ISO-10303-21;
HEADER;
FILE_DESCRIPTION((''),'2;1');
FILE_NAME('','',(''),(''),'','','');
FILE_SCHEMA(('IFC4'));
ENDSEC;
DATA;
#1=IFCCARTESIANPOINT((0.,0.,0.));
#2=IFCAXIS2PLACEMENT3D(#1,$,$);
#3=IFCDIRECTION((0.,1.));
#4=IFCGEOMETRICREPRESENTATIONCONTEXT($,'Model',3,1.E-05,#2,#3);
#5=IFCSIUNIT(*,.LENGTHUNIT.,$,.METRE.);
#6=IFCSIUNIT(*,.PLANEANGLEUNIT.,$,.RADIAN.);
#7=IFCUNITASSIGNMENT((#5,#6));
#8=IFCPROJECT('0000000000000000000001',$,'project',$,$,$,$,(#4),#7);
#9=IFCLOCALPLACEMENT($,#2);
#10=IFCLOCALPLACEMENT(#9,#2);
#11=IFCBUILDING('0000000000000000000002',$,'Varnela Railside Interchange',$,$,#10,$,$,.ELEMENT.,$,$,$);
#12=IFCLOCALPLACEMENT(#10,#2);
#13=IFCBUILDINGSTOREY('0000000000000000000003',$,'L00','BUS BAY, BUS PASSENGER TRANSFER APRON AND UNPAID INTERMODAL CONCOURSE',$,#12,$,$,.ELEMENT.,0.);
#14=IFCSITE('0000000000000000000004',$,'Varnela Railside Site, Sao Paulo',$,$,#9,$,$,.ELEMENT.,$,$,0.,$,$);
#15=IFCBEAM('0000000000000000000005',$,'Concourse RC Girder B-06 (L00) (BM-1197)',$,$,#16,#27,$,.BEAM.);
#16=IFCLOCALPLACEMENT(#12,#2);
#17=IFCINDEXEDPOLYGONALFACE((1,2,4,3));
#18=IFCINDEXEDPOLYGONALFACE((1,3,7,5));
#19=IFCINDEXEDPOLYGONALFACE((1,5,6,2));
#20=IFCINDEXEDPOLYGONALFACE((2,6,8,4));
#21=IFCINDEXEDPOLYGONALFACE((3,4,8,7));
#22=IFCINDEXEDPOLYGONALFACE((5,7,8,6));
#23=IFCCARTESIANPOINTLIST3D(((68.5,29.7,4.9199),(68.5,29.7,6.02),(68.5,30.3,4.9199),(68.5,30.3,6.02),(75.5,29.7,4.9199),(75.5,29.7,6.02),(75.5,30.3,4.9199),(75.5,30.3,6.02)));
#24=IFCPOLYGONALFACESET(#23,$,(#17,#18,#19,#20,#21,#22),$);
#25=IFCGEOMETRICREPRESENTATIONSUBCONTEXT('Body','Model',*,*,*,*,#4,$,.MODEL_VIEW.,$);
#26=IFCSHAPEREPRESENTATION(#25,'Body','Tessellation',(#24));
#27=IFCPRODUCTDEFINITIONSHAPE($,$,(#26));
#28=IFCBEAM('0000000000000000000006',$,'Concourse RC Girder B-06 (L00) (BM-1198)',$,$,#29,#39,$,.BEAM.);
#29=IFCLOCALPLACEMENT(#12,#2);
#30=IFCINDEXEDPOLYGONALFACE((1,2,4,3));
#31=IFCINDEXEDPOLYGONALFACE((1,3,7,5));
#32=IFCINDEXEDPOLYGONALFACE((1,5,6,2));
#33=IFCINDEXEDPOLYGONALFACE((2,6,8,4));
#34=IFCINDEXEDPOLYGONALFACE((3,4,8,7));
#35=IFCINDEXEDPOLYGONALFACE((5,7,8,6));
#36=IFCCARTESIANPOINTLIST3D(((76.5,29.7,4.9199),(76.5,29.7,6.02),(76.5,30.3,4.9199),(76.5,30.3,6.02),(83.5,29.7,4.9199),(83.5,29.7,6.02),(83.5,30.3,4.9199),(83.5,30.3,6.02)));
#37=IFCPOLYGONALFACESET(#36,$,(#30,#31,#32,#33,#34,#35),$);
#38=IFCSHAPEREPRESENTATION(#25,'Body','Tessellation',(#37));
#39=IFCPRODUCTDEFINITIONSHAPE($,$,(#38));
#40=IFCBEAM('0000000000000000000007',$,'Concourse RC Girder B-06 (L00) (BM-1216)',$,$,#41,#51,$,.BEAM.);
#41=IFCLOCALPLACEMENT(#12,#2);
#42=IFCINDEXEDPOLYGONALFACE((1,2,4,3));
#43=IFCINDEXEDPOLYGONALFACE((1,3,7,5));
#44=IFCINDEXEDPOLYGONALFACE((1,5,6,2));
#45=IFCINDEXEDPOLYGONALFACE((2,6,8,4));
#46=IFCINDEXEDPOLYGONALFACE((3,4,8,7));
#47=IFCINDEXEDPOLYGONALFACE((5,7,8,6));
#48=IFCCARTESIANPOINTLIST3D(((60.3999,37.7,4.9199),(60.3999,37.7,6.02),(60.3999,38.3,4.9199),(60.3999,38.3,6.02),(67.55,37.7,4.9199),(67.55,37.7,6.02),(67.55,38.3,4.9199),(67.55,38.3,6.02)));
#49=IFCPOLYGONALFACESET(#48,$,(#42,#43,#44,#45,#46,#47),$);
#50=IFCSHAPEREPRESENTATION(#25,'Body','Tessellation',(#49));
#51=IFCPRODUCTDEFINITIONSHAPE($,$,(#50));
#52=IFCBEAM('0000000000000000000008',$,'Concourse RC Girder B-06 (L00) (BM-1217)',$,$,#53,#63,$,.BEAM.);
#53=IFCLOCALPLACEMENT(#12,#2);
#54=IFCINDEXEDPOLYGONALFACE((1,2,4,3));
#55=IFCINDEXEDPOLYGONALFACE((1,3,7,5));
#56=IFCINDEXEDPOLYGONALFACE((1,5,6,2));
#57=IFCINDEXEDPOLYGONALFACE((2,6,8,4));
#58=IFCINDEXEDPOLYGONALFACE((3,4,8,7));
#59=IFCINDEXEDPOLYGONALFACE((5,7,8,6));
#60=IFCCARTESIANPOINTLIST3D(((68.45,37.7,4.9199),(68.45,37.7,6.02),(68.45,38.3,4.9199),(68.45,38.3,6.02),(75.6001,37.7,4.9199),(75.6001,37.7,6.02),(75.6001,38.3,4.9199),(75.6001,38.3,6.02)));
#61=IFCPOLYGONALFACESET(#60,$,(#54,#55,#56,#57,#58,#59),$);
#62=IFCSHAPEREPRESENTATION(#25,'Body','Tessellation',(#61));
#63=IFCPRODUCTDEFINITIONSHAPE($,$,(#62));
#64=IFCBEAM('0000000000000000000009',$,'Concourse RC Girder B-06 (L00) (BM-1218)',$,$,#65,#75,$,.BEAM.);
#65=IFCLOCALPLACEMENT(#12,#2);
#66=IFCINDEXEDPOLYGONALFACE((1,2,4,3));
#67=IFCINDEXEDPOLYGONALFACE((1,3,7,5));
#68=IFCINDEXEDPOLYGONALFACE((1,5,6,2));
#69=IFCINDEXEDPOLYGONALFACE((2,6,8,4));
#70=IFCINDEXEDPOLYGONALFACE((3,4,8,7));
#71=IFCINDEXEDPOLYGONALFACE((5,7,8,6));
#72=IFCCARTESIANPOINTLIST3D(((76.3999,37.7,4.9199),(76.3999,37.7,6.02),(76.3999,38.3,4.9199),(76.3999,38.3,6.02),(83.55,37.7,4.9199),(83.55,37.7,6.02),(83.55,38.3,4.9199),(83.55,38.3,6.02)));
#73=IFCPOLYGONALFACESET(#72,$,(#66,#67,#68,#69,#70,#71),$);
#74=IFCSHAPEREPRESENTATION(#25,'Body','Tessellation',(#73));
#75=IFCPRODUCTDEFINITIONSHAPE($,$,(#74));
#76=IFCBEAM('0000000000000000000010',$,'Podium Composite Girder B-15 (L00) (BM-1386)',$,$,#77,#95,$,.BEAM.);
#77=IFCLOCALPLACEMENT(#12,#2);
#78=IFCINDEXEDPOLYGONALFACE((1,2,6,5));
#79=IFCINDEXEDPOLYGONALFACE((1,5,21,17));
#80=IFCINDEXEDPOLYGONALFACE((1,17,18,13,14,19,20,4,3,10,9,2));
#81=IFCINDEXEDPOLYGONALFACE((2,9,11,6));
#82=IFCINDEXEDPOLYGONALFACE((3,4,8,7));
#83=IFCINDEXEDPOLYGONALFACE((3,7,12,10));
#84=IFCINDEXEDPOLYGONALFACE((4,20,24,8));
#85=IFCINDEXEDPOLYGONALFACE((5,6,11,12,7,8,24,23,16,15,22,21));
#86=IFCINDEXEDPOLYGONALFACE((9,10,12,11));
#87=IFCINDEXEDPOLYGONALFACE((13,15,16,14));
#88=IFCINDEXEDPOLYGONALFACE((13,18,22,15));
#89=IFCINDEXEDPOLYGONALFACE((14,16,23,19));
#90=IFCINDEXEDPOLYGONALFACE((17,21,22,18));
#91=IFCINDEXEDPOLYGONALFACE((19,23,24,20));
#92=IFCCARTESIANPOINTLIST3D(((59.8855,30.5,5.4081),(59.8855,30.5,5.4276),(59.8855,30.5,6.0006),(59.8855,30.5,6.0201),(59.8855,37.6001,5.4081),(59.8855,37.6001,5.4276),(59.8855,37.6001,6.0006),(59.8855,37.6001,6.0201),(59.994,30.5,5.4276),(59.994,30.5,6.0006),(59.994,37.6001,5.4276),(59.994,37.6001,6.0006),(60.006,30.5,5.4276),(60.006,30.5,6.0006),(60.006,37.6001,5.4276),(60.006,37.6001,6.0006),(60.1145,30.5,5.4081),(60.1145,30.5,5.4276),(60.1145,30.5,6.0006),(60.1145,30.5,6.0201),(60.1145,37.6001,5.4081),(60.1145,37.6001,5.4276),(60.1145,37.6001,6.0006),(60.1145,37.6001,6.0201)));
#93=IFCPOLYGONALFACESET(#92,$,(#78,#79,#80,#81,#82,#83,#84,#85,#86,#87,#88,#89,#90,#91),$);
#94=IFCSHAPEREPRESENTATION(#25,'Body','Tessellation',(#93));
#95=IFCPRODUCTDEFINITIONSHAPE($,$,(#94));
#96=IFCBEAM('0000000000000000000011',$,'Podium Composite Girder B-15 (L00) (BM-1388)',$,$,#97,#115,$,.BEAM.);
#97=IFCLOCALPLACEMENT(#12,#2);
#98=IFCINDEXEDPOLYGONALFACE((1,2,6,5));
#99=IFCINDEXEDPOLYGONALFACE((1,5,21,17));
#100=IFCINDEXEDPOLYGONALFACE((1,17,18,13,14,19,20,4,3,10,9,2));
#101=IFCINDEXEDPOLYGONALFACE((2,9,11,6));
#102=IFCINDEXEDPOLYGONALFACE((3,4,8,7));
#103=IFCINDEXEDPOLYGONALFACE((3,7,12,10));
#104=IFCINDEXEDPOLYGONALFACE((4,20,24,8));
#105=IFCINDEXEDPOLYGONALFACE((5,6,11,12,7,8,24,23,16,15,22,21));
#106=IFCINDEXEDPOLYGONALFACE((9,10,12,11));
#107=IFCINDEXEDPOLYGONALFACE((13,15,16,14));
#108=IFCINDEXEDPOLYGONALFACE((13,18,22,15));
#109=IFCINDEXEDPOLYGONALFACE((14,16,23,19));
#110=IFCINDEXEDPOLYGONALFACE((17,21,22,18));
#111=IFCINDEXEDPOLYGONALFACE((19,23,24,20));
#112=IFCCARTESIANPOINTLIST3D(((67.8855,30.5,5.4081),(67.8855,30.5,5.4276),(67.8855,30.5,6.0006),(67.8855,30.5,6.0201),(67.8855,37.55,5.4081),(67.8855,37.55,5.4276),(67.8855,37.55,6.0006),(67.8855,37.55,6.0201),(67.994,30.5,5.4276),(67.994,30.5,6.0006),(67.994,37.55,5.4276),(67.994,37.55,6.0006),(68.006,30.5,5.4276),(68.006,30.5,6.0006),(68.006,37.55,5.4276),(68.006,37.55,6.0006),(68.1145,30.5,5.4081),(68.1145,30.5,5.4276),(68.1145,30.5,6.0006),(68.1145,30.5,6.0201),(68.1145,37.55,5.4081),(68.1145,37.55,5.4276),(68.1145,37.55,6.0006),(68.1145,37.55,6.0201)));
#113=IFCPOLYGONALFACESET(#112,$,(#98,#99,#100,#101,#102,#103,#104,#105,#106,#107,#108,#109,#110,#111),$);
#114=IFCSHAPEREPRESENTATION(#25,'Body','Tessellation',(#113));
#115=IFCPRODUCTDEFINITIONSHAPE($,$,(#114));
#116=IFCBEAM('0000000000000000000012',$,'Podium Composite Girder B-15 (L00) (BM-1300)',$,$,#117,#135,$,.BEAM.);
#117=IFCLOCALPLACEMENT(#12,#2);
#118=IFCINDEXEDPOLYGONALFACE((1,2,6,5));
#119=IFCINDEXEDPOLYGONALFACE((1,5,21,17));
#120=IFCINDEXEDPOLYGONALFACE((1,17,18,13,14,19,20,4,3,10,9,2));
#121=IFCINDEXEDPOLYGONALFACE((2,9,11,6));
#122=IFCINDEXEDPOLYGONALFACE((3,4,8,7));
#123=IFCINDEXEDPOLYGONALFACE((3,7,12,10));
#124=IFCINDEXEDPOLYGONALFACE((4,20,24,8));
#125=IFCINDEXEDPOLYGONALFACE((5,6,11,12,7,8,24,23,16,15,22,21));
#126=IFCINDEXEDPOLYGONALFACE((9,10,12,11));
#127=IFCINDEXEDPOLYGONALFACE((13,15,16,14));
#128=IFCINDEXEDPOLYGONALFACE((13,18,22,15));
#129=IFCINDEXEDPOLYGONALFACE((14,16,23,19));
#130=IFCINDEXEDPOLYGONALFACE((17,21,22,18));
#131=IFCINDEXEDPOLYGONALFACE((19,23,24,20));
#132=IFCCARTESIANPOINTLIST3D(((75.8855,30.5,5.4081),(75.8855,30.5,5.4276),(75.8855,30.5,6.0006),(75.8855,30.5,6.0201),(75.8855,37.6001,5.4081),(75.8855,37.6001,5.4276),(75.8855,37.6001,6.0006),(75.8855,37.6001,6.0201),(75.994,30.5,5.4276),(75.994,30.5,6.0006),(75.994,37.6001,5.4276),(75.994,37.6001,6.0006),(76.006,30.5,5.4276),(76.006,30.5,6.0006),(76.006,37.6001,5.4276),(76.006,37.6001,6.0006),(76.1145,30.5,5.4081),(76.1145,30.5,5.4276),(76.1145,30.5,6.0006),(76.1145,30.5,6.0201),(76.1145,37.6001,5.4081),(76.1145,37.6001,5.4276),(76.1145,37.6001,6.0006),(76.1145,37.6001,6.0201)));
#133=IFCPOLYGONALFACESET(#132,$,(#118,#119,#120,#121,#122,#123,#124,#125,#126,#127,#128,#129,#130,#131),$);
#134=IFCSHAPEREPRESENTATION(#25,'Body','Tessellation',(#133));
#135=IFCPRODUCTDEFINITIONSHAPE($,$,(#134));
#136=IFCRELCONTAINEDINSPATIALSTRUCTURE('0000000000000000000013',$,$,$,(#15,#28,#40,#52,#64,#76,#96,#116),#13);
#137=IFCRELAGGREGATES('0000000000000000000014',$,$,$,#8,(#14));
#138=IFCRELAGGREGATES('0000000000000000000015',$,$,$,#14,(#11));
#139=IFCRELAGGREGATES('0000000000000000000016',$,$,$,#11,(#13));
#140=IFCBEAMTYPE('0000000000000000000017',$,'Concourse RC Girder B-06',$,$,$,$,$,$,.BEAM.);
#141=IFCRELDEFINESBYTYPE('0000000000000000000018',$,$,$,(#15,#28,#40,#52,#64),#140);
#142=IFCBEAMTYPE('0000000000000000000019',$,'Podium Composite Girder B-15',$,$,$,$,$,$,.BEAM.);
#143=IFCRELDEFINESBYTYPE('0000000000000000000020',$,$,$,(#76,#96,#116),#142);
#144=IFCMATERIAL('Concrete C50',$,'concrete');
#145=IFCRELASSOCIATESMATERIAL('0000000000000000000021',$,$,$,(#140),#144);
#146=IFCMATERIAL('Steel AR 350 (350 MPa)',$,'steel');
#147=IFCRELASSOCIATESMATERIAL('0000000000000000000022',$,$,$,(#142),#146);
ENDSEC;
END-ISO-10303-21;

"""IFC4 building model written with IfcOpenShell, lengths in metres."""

from ifc_helpers import new_model, si_unit, direction, frame, origin, origin_2d, place, context, subcontext, project, spatial, rectangle, i_section, extrude, material, material_profile, profile_set, type_object, element, save


model = new_model("IFC4")

# Units and contexts
model_context = context("Model", 3, precision=1e-05, world=origin(), true_north=direction((0.0, 1.0)))
body_context = subcontext(model_context, "Body", "Model", "MODEL_VIEW")
ifc_project = project(units=[si_unit("LENGTHUNIT", "METRE"), si_unit("PLANEANGLEUNIT", "RADIAN")], contexts=[model_context])

# Site, building, storey
site_placement = place(None, origin())
site = spatial("IfcSite", under=ifc_project, at=site_placement, Name="Varnela Railside Site, Sao Paulo", CompositionType="ELEMENT", RefElevation=0.0)
building_placement = place(site_placement, origin())
building = spatial("IfcBuilding", under=site, at=building_placement, Name="Varnela Railside Interchange", CompositionType="ELEMENT")
storey_placement = place(building_placement, origin())
storey = spatial("IfcBuildingStorey", under=building, at=storey_placement, Name="L00", Description="BUS BAY, BUS PASSENGER TRANSFER APRON AND UNPAID INTERMODAL CONCOURSE", CompositionType="ELEMENT", Elevation=0.0)

# Shared definitions
ifc_material_1 = material(Name="Concrete C50", Category="concrete")

# Beams
ifc_material_2 = material(Name="Steel AR 350 (350 MPa)", Category="steel")
ifc_material_profile_1 = material_profile(ifc_material_1, rectangle(XDim=0.6001, YDim=1.1001, at=origin_2d()), Name="RC 600x1100")
ifc_profile_set_1 = profile_set([ifc_material_profile_1], Name="Concrete C50")
beam_type_1 = type_object("IfcBeamType", Name="Concourse RC Girder B-06", PredefinedType="BEAM", material=ifc_profile_set_1)
for number, where, z_axis, x_axis, name in (
    (1, (68.5, 30.0, 5.47), (1.0, 0.0, 0.0), (0.0, 1.0, 0.0), "Concourse RC Girder B-06 (L00) (BM-1197)"),
    (2, (76.5, 30.0, 5.47), (1.0, 0.0, 0.0), (0.0, 1.0, 0.0), "Concourse RC Girder B-06 (L00) (BM-1198)"),
):
    element("IfcBeam", number, at=place(storey_placement, frame(where, z_axis=z_axis, x_axis=x_axis)), inside=storey, type_object=beam_type_1, Name=name, PredefinedType="BEAM", context=body_context, shape_type="SweptSolid", body=[
        extrude(rectangle(XDim=0.6001, YDim=1.1001, at=origin_2d()), origin(), (0.0, 0.0, 1.0), 7.0),
    ])
for number, where, z_axis, x_axis, name in (
    (3, (60.3999, 38.0, 5.47), (1.0, 0.0, 0.0), (0.0, 1.0, 0.0), "Concourse RC Girder B-06 (L00) (BM-1216)"),
    (4, (68.45, 38.0, 5.47), (1.0, 0.0, 0.0), (0.0, 1.0, 0.0), "Concourse RC Girder B-06 (L00) (BM-1217)"),
    (5, (76.3999, 38.0, 5.47), (1.0, 0.0, 0.0), (0.0, 1.0, 0.0), "Concourse RC Girder B-06 (L00) (BM-1218)"),
):
    element("IfcBeam", number, at=place(storey_placement, frame(where, z_axis=z_axis, x_axis=x_axis)), inside=storey, type_object=beam_type_1, Name=name, PredefinedType="BEAM", context=body_context, shape_type="SweptSolid", body=[
        extrude(rectangle(XDim=0.6001, YDim=1.1001, at=origin_2d()), origin(), (0.0, 0.0, 1.0), 7.1501),
    ])
ifc_material_profile_2 = material_profile(ifc_material_2, i_section(OverallWidth=0.229, OverallDepth=0.6121, WebThickness=0.012, FlangeThickness=0.0195, at=origin_2d()), Name="W610x125")
ifc_profile_set_2 = profile_set([ifc_material_profile_2], Name="Steel AR 350 (350 MPa)")
beam_type_2 = type_object("IfcBeamType", Name="Podium Composite Girder B-15", PredefinedType="BEAM", material=ifc_profile_set_2)
beam_1_placement = place(storey_placement, frame((60.0, 30.5, 5.7141), z_axis=(0.0, 1.0, 0.0), x_axis=(-1.0, 0.0, 0.0)))
element("IfcBeam", 6, at=beam_1_placement, inside=storey, type_object=beam_type_2, Name="Podium Composite Girder B-15 (L00) (BM-1386)", PredefinedType="BEAM", context=body_context, shape_type="SweptSolid", body=[
    extrude(i_section(OverallWidth=0.229, OverallDepth=0.6121, WebThickness=0.012, FlangeThickness=0.0195, at=origin_2d()), origin(), (0.0, 0.0, 1.0), 7.1001),
])
beam_2_placement = place(storey_placement, frame((68.0, 30.5, 5.7141), z_axis=(0.0, 1.0, 0.0), x_axis=(-1.0, 0.0, 0.0)))
element("IfcBeam", 7, at=beam_2_placement, inside=storey, type_object=beam_type_2, Name="Podium Composite Girder B-15 (L00) (BM-1388)", PredefinedType="BEAM", context=body_context, shape_type="SweptSolid", body=[
    extrude(i_section(OverallWidth=0.229, OverallDepth=0.6121, WebThickness=0.012, FlangeThickness=0.0195, at=origin_2d()), origin(), (0.0, 0.0, 1.0), 7.05),
])
beam_3_placement = place(storey_placement, frame((76.0, 30.5, 5.7141), z_axis=(0.0, 1.0, 0.0), x_axis=(-1.0, 0.0, 0.0)))
element("IfcBeam", 8, at=beam_3_placement, inside=storey, type_object=beam_type_2, Name="Podium Composite Girder B-15 (L00) (BM-1300)", PredefinedType="BEAM", context=body_context, shape_type="SweptSolid", body=[
    extrude(i_section(OverallWidth=0.229, OverallDepth=0.6121, WebThickness=0.012, FlangeThickness=0.0195, at=origin_2d()), origin(), (0.0, 0.0, 1.0), 7.1001),
])

save(model, "model.ifc")
